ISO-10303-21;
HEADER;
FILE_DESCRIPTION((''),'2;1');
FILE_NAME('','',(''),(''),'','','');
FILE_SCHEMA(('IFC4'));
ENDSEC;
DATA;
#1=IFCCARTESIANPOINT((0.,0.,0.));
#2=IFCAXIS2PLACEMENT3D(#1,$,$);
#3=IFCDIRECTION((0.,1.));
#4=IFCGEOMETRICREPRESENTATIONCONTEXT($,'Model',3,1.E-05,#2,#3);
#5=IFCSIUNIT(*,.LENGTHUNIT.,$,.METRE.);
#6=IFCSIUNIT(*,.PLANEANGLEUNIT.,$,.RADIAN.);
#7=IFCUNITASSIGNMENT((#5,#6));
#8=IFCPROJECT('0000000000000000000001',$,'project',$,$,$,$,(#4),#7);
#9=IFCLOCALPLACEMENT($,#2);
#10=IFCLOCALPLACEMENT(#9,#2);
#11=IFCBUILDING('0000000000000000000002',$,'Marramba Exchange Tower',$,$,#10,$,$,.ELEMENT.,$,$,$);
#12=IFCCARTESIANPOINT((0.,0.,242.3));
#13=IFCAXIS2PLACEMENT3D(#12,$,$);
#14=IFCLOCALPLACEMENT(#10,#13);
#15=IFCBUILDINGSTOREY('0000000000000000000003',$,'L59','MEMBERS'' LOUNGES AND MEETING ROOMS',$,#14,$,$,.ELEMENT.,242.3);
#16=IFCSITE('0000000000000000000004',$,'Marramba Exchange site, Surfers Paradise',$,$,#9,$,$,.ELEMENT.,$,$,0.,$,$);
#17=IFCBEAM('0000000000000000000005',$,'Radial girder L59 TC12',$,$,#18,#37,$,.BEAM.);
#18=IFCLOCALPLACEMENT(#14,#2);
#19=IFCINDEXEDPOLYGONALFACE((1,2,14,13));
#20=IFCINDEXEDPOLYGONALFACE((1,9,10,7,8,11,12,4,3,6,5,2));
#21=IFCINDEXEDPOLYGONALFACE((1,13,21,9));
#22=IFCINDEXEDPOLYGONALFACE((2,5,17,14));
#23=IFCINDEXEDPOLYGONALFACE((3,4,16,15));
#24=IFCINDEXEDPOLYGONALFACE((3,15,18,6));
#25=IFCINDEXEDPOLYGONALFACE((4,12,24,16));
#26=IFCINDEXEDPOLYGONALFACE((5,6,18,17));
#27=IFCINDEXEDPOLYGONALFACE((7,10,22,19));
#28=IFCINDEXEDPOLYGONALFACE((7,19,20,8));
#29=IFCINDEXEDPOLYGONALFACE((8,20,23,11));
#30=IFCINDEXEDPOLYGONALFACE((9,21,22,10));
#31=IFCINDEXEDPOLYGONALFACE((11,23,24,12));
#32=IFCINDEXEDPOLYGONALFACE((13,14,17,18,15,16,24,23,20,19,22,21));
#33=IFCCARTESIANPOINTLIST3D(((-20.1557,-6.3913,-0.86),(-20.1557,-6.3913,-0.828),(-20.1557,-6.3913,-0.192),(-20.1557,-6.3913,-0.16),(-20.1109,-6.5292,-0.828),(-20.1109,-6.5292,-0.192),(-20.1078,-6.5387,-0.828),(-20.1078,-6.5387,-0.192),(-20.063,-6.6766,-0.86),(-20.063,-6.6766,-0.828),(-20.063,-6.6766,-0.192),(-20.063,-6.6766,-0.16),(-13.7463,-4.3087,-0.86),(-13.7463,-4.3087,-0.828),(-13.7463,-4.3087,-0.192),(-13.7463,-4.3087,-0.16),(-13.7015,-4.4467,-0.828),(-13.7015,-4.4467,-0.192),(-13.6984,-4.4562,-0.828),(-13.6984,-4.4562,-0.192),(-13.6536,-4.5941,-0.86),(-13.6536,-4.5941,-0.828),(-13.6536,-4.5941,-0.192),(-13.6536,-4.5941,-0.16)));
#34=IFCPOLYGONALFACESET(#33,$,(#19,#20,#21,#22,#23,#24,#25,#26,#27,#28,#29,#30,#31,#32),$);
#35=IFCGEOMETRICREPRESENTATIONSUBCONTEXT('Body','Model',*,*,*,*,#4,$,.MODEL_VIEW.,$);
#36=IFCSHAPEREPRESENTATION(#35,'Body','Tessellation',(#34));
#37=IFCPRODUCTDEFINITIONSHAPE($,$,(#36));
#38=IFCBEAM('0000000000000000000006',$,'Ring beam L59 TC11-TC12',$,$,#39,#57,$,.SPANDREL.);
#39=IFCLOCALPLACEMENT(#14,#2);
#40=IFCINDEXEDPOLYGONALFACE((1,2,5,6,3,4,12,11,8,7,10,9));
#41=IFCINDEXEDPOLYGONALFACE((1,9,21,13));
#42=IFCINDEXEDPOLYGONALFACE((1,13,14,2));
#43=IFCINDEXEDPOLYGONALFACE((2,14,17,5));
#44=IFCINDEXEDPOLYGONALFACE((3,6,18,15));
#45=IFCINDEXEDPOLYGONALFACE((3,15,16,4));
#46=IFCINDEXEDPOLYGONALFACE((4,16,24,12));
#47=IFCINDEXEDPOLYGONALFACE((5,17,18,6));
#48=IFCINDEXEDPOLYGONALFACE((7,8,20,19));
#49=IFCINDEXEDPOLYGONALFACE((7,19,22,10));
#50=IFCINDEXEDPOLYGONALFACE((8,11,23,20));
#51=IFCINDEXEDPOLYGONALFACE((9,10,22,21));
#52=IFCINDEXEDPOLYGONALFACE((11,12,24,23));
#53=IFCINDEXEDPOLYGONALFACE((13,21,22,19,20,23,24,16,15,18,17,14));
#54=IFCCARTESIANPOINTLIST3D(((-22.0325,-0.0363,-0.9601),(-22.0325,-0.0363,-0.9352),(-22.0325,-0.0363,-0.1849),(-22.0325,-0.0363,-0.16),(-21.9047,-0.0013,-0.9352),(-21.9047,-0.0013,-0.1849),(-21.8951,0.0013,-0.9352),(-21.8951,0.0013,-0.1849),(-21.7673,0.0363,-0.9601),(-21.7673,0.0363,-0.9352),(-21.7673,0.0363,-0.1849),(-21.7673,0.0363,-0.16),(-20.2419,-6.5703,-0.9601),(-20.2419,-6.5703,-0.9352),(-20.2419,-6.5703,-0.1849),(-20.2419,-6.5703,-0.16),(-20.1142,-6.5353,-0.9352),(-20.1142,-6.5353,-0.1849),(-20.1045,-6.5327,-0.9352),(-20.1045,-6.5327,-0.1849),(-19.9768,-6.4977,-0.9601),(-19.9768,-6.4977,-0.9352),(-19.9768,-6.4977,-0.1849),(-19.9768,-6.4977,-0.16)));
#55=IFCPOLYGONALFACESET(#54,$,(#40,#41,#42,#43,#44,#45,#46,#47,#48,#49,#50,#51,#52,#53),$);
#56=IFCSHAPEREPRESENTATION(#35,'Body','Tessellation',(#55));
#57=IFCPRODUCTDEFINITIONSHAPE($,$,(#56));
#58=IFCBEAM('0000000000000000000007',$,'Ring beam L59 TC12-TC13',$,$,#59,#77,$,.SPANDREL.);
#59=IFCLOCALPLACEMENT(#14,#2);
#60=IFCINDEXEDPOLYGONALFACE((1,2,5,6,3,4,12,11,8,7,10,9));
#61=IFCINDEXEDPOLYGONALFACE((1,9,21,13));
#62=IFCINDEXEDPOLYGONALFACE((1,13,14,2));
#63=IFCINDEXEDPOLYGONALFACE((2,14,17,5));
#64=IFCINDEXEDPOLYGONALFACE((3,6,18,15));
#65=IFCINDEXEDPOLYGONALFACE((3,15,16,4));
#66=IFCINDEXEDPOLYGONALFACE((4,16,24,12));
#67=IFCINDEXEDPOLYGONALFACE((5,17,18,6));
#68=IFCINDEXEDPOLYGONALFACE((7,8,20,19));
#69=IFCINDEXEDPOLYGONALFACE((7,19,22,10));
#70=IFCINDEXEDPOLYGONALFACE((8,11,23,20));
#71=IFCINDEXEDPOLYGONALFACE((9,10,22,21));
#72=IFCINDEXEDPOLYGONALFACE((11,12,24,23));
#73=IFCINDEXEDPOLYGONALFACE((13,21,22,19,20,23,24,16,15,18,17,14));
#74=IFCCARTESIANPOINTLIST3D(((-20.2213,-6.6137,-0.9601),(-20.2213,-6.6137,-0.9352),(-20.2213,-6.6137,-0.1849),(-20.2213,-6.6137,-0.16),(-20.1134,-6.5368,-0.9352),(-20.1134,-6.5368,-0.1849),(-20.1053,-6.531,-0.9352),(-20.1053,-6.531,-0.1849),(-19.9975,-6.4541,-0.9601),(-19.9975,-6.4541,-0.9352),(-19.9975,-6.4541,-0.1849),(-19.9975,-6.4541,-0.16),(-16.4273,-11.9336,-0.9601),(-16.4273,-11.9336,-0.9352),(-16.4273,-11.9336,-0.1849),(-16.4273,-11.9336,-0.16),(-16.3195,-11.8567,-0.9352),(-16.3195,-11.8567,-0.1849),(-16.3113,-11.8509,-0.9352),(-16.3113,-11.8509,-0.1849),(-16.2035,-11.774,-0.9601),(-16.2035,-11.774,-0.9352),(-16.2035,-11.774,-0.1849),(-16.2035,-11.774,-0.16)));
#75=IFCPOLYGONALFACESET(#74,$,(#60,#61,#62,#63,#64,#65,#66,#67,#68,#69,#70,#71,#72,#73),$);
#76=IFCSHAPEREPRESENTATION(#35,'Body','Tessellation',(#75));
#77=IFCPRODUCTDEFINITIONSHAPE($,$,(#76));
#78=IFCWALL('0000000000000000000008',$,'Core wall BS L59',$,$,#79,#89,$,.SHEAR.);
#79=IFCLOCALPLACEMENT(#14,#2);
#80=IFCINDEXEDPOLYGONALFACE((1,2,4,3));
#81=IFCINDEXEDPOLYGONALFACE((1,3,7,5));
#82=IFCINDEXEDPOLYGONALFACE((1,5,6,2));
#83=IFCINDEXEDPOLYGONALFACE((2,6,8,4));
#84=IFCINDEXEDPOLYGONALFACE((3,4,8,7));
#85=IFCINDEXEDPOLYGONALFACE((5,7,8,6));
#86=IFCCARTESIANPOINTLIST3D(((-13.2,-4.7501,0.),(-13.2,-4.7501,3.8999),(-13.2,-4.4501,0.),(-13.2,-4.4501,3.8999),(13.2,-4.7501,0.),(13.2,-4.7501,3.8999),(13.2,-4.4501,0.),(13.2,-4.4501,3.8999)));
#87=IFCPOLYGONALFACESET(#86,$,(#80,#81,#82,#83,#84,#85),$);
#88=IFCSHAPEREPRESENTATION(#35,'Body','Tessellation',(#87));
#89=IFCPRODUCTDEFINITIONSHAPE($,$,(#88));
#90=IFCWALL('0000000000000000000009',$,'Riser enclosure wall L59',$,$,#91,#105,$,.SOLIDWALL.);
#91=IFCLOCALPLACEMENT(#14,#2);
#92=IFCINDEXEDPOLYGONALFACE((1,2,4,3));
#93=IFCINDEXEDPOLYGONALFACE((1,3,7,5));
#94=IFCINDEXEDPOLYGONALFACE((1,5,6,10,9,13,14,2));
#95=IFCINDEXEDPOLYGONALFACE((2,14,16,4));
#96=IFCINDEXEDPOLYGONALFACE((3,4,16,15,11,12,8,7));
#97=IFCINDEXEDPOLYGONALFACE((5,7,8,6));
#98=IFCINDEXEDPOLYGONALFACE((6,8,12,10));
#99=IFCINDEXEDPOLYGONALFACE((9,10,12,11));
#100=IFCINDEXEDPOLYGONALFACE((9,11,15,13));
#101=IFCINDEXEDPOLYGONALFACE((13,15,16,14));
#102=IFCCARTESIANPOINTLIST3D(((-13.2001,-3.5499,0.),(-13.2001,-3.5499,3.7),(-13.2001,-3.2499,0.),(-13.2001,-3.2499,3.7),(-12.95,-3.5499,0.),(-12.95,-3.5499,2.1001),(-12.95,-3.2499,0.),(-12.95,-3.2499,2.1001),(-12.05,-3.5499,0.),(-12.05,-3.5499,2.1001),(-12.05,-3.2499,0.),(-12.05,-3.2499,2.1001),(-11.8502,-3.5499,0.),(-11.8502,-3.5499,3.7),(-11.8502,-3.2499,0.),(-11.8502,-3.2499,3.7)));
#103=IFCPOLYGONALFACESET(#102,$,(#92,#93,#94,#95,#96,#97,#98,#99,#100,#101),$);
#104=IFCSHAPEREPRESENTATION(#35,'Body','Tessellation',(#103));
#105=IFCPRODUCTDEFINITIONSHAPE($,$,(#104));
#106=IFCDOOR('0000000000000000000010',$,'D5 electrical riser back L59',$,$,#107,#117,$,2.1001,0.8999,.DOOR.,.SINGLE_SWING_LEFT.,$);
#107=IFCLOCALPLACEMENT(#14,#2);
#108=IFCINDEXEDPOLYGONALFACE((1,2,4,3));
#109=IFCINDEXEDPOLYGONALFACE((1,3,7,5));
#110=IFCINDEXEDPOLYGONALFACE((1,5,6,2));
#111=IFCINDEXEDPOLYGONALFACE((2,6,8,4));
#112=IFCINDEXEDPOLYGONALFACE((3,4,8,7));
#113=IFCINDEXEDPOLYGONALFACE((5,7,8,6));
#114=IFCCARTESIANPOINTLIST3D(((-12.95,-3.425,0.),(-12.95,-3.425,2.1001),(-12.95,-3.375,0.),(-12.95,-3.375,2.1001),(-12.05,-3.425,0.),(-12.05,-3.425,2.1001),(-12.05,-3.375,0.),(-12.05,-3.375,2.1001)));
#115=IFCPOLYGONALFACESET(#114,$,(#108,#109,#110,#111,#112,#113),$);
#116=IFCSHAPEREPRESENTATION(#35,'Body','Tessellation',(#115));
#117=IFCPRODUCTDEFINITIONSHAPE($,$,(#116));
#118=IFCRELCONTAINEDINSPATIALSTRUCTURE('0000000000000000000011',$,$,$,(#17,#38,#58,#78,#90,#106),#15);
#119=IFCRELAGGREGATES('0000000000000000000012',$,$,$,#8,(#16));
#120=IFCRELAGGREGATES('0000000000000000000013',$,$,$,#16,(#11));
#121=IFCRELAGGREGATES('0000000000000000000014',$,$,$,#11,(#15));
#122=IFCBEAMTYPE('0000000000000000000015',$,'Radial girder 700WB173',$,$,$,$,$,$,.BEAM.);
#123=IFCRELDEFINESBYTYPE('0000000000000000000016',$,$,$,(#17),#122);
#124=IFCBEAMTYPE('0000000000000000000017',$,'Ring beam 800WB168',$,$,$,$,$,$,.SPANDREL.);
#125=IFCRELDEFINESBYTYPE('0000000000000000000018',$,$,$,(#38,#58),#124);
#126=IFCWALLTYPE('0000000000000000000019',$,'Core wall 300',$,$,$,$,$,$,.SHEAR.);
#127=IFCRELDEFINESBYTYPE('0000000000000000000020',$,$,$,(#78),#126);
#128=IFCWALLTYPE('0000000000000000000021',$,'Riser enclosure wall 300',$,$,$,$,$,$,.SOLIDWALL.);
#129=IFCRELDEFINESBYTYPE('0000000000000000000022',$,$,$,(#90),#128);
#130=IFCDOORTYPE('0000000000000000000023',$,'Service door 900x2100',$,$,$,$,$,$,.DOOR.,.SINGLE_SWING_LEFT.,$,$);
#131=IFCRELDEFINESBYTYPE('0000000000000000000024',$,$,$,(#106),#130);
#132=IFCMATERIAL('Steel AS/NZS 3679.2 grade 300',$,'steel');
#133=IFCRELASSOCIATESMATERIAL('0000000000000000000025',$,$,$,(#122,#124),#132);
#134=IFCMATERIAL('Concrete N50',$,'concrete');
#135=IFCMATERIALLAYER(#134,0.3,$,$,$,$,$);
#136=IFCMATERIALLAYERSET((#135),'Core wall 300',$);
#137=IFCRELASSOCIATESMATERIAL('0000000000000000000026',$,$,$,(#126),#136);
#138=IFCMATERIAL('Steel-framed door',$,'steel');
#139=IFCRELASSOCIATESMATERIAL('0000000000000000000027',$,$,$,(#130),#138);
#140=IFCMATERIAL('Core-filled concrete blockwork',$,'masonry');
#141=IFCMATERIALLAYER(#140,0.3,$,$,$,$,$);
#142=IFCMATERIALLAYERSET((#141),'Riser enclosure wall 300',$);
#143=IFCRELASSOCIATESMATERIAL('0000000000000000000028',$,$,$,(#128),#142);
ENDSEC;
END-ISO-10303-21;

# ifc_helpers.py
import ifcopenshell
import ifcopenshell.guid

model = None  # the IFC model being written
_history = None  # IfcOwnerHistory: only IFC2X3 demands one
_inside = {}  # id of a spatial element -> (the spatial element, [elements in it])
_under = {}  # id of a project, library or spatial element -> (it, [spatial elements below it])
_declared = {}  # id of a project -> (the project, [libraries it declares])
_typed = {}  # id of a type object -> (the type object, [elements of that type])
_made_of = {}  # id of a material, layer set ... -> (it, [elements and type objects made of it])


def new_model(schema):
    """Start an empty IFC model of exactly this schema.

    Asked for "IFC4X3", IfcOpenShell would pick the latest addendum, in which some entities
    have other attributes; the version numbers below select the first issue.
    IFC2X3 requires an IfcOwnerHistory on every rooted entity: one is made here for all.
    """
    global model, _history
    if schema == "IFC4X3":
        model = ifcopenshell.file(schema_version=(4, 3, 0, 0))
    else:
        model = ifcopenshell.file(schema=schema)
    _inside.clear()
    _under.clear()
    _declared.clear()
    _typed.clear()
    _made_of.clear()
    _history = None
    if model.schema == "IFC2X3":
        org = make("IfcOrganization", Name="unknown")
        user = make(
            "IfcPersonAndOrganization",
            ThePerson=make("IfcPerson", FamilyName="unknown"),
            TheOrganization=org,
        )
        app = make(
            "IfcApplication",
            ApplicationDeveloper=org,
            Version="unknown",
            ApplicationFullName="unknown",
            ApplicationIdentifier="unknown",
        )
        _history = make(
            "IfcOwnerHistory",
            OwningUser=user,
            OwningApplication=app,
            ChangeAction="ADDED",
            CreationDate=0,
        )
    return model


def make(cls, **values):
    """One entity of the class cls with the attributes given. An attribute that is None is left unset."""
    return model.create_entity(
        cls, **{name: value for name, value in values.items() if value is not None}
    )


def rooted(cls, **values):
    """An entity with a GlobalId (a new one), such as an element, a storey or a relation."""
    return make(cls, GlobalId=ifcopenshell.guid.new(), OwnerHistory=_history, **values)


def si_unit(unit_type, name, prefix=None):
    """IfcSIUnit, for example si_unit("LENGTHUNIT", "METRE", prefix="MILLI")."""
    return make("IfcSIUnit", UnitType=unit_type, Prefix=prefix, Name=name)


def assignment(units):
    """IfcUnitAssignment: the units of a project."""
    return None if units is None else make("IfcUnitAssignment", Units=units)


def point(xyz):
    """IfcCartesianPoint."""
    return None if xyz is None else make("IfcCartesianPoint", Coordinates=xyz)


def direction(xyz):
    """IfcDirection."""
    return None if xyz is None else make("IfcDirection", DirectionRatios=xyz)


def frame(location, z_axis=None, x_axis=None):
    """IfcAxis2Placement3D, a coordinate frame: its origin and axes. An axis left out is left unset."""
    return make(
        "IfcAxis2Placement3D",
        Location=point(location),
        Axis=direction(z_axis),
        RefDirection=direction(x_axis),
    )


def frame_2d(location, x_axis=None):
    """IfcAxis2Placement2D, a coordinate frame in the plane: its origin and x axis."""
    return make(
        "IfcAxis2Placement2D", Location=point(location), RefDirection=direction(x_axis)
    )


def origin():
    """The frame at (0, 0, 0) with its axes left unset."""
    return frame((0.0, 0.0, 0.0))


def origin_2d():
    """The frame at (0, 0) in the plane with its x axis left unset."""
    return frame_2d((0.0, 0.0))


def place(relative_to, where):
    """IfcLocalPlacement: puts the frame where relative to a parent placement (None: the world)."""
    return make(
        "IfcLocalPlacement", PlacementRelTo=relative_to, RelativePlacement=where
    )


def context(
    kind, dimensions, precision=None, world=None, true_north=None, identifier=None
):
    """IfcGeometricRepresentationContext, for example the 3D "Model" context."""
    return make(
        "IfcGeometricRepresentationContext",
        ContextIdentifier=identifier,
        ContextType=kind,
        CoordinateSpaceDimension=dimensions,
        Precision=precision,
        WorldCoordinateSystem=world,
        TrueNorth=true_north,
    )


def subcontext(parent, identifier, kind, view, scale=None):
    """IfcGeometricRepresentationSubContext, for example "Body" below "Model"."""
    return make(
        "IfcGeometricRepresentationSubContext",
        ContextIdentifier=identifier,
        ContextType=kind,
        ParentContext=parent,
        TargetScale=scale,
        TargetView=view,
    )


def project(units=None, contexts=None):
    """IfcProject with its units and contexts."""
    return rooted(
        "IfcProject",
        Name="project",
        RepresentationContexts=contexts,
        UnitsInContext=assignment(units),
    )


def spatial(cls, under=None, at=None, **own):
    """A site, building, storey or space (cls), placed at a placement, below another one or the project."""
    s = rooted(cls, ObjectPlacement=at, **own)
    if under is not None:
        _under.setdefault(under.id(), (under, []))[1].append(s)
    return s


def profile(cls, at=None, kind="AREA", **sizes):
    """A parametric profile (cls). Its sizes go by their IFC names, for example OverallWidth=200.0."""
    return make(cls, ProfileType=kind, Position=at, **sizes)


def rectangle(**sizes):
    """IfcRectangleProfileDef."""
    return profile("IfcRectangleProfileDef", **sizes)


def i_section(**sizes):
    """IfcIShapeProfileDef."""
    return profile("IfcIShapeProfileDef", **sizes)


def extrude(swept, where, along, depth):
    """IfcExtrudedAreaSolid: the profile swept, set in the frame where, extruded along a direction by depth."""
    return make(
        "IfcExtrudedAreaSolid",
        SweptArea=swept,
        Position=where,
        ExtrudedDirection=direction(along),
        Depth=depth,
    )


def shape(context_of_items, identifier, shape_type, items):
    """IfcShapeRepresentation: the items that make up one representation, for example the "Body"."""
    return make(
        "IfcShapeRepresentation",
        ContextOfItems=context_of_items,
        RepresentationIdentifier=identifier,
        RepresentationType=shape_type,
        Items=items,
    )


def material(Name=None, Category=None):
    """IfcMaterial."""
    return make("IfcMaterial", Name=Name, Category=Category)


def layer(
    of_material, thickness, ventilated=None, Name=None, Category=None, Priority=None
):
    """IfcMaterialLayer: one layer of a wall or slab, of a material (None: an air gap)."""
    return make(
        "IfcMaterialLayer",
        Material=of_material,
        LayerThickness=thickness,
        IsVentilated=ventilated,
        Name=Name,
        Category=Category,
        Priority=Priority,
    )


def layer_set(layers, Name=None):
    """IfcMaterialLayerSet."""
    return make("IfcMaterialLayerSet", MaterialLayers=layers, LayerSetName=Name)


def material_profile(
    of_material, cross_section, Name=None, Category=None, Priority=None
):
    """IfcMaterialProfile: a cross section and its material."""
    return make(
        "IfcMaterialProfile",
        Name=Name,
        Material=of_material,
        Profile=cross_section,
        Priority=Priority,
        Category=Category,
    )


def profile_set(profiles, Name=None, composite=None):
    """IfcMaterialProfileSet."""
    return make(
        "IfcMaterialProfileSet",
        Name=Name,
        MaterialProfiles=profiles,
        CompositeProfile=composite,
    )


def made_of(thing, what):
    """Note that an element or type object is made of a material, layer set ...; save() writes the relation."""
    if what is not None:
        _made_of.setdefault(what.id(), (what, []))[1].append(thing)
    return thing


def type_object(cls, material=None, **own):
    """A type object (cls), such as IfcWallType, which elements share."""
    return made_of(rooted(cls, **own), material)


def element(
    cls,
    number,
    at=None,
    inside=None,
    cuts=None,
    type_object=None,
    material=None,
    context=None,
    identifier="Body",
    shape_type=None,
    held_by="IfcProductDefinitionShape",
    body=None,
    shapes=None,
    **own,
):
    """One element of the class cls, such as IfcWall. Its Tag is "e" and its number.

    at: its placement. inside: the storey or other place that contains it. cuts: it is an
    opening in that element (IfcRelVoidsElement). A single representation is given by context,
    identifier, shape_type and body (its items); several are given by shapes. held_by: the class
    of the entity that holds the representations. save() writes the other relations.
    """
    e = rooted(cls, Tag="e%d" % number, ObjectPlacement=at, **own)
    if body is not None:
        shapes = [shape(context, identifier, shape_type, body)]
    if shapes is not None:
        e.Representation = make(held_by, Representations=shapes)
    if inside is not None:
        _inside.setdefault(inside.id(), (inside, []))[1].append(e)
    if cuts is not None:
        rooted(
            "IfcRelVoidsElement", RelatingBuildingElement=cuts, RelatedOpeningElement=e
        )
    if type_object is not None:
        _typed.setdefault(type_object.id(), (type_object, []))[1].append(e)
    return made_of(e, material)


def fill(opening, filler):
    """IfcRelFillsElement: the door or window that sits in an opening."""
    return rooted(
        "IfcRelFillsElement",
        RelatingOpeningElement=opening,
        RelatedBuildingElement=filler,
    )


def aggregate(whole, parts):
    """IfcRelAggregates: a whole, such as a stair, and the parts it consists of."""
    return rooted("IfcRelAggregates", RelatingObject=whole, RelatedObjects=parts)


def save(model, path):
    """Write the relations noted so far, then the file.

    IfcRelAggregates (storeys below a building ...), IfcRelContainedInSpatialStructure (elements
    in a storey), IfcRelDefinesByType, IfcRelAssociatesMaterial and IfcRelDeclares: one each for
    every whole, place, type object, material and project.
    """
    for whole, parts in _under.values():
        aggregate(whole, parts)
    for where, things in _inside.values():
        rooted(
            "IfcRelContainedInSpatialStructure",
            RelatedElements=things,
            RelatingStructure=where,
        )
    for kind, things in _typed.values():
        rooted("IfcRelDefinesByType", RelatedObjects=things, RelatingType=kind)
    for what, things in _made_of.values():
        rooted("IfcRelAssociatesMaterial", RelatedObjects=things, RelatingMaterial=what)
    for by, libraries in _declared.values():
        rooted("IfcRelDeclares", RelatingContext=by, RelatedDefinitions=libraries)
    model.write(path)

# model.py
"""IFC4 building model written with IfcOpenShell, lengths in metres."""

from ifc_helpers import new_model, si_unit, direction, frame, frame_2d, origin, origin_2d, place, context, subcontext, project, spatial, rectangle, i_section, extrude, material, layer, layer_set, material_profile, profile_set, type_object, element, fill, save


model = new_model("IFC4")

# Units and contexts
model_context = context("Model", 3, precision=1e-05, world=origin(), true_north=direction((0.0, 1.0)))
body_context = subcontext(model_context, "Body", "Model", "MODEL_VIEW")
ifc_project = project(units=[si_unit("LENGTHUNIT", "METRE"), si_unit("PLANEANGLEUNIT", "RADIAN")], contexts=[model_context])

# Site, building, storey
site_placement = place(None, origin())
site = spatial("IfcSite", under=ifc_project, at=site_placement, Name="Marramba Exchange site, Surfers Paradise", CompositionType="ELEMENT", RefElevation=0.0)
building_placement = place(site_placement, origin())
building = spatial("IfcBuilding", under=site, at=building_placement, Name="Marramba Exchange Tower", CompositionType="ELEMENT")
storey_placement = place(building_placement, frame((0.0, 0.0, 242.3)))
storey = spatial("IfcBuildingStorey", under=building, at=storey_placement, Name="L59", Description="MEMBERS' LOUNGES AND MEETING ROOMS", CompositionType="ELEMENT", Elevation=242.3)

# Shared definitions
ifc_material_1 = material(Name="Concrete N50", Category="concrete")

# Beams
ifc_material_2 = material(Name="Steel AS/NZS 3679.2 grade 300", Category="steel")
ifc_material_profile_1 = material_profile(ifc_material_2, i_section(OverallWidth=0.3, OverallDepth=0.7, WebThickness=0.01, FlangeThickness=0.032, at=origin_2d()), Name="700WB173")
ifc_profile_set_1 = profile_set([ifc_material_profile_1], Name="Steel AS/NZS 3679.2 grade 300")
beam_type_1 = type_object("IfcBeamType", Name="Radial girder 700WB173", PredefinedType="BEAM", material=ifc_profile_set_1)
beam_1_placement = place(storey_placement, frame((-13.7, -4.4514, -0.51), z_axis=(-0.951058, -0.309013, 0.0), x_axis=(0.309013, -0.951058, 0.0)))
element("IfcBeam", 1, at=beam_1_placement, inside=storey, type_object=beam_type_1, Name="Radial girder L59 TC12", PredefinedType="BEAM", context=body_context, shape_type="SweptSolid", body=[
    extrude(i_section(OverallWidth=0.3, OverallDepth=0.7, WebThickness=0.01, FlangeThickness=0.032, at=origin_2d()), origin(), (0.0, 0.0, 1.0), 6.7393),
])
ifc_material_profile_2 = material_profile(ifc_material_2, i_section(OverallWidth=0.2749, OverallDepth=0.8, WebThickness=0.01, FlangeThickness=0.0249, at=origin_2d()), Name="800WB168")
ifc_profile_set_2 = profile_set([ifc_material_profile_2], Name="Steel AS/NZS 3679.2 grade 300")
beam_type_2 = type_object("IfcBeamType", Name="Ring beam 800WB168", PredefinedType="SPANDREL", material=ifc_profile_set_2)
beam_2_placement = place(storey_placement, frame((-21.8999, 0.0, -0.5601), z_axis=(0.264291, -0.964443, 0.0), x_axis=(0.964443, 0.264291, 0.0)))
element("IfcBeam", 2, at=beam_2_placement, inside=storey, type_object=beam_type_2, Name="Ring beam L59 TC11-TC12", PredefinedType="SPANDREL", context=body_context, shape_type="SweptSolid", body=[
    extrude(i_section(OverallWidth=0.2749, OverallDepth=0.8, WebThickness=0.01, FlangeThickness=0.0249, at=origin_2d()), origin(), (0.0, 0.0, 1.0), 6.7749),
])
beam_3_placement = place(storey_placement, frame((-20.1094, -6.5339, -0.5601), z_axis=(0.580637, -0.814162, 0.0), x_axis=(0.814162, 0.580637, 0.0)))
element("IfcBeam", 3, at=beam_3_placement, inside=storey, type_object=beam_type_2, Name="Ring beam L59 TC12-TC13", PredefinedType="SPANDREL", context=body_context, shape_type="SweptSolid", body=[
    extrude(i_section(OverallWidth=0.2749, OverallDepth=0.8, WebThickness=0.01, FlangeThickness=0.0249, at=origin_2d()), origin(), (0.0, 0.0, 1.0), 6.5342),
])

# Shared definitions
ifc_layer_1 = layer(ifc_material_1, 0.3)
ifc_layer_set_1 = layer_set([ifc_layer_1], Name="Core wall 300")
wall_type_1 = type_object("IfcWallType", Name="Core wall 300", PredefinedType="SHEAR", material=ifc_layer_set_1)
ifc_material_3 = material(Name="Steel-framed door", Category="steel")
door_type_1 = type_object("IfcDoorType", Name="Service door 900x2100", OperationType="SINGLE_SWING_LEFT", PredefinedType="DOOR", material=ifc_material_3)

# Wall
wall_1_placement = place(storey_placement, frame((-13.2, -4.6001, 0.0), z_axis=(0.0, 0.0, 1.0), x_axis=(1.0, 0.0, 0.0)))
element("IfcWall", 4, at=wall_1_placement, inside=storey, type_object=wall_type_1, Name="Core wall BS L59", PredefinedType="SHEAR", context=body_context, shape_type="SweptSolid", body=[
    extrude(rectangle(XDim=26.3999, YDim=0.3, at=frame_2d((13.2, 0.0))), origin(), (0.0, 0.0, 1.0), 3.8999),
])

# Wall, opening, door
ifc_material_4 = material(Name="Core-filled concrete blockwork", Category="masonry")
ifc_layer_2 = layer(ifc_material_4, 0.3)
ifc_layer_set_2 = layer_set([ifc_layer_2], Name="Riser enclosure wall 300")
wall_type_2 = type_object("IfcWallType", Name="Riser enclosure wall 300", PredefinedType="SOLIDWALL", material=ifc_layer_set_2)
wall_2_placement = place(storey_placement, frame((-13.2, -3.3999, 0.0), z_axis=(0.0, 0.0, 1.0), x_axis=(1.0, 0.0, 0.0)))
wall_2 = element("IfcWall", 5, at=wall_2_placement, inside=storey, type_object=wall_type_2, Name="Riser enclosure wall L59", PredefinedType="SOLIDWALL", context=body_context, shape_type="SweptSolid", body=[
    extrude(rectangle(XDim=1.3499, YDim=0.3, at=frame_2d((0.6748, 0.0))), origin(), (0.0, 0.0, 1.0), 3.7),
])
opening_1_placement = place(wall_2_placement, frame((0.25, 0.0, 0.0)))
opening_1 = element("IfcOpeningElement", 6, at=opening_1_placement, cuts=wall_2, PredefinedType="OPENING", context=body_context, shape_type="SweptSolid", body=[
    extrude(rectangle(XDim=0.8999, YDim=2.1001, at=frame_2d((0.45, 1.05))), frame((0.0, 0.1599, 0.0), z_axis=(0.0, -1.0, 0.0), x_axis=(1.0, 0.0, 0.0)), (0.0, 0.0, 1.0), 0.3201),
])
door_1_placement = place(opening_1_placement, frame((0.8999, 0.0, 0.0), z_axis=(0.0, 0.0, 1.0), x_axis=(-1.0, 0.0, 0.0)))
door_1 = element("IfcDoor", 7, at=door_1_placement, inside=storey, type_object=door_type_1, Name="D5 electrical riser back L59", OperationType="SINGLE_SWING_LEFT", OverallHeight=2.1001, OverallWidth=0.8999, PredefinedType="DOOR", context=body_context, shape_type="SweptSolid", body=[
    extrude(rectangle(XDim=0.8999, YDim=2.1001, at=frame_2d((0.45, 1.05))), frame((0.0, 0.0251, 0.0), z_axis=(0.0, -1.0, 0.0), x_axis=(1.0, 0.0, 0.0)), (0.0, 0.0, 1.0), 0.05),
])
fill(opening_1, door_1)

save(model, "model.ifc")
